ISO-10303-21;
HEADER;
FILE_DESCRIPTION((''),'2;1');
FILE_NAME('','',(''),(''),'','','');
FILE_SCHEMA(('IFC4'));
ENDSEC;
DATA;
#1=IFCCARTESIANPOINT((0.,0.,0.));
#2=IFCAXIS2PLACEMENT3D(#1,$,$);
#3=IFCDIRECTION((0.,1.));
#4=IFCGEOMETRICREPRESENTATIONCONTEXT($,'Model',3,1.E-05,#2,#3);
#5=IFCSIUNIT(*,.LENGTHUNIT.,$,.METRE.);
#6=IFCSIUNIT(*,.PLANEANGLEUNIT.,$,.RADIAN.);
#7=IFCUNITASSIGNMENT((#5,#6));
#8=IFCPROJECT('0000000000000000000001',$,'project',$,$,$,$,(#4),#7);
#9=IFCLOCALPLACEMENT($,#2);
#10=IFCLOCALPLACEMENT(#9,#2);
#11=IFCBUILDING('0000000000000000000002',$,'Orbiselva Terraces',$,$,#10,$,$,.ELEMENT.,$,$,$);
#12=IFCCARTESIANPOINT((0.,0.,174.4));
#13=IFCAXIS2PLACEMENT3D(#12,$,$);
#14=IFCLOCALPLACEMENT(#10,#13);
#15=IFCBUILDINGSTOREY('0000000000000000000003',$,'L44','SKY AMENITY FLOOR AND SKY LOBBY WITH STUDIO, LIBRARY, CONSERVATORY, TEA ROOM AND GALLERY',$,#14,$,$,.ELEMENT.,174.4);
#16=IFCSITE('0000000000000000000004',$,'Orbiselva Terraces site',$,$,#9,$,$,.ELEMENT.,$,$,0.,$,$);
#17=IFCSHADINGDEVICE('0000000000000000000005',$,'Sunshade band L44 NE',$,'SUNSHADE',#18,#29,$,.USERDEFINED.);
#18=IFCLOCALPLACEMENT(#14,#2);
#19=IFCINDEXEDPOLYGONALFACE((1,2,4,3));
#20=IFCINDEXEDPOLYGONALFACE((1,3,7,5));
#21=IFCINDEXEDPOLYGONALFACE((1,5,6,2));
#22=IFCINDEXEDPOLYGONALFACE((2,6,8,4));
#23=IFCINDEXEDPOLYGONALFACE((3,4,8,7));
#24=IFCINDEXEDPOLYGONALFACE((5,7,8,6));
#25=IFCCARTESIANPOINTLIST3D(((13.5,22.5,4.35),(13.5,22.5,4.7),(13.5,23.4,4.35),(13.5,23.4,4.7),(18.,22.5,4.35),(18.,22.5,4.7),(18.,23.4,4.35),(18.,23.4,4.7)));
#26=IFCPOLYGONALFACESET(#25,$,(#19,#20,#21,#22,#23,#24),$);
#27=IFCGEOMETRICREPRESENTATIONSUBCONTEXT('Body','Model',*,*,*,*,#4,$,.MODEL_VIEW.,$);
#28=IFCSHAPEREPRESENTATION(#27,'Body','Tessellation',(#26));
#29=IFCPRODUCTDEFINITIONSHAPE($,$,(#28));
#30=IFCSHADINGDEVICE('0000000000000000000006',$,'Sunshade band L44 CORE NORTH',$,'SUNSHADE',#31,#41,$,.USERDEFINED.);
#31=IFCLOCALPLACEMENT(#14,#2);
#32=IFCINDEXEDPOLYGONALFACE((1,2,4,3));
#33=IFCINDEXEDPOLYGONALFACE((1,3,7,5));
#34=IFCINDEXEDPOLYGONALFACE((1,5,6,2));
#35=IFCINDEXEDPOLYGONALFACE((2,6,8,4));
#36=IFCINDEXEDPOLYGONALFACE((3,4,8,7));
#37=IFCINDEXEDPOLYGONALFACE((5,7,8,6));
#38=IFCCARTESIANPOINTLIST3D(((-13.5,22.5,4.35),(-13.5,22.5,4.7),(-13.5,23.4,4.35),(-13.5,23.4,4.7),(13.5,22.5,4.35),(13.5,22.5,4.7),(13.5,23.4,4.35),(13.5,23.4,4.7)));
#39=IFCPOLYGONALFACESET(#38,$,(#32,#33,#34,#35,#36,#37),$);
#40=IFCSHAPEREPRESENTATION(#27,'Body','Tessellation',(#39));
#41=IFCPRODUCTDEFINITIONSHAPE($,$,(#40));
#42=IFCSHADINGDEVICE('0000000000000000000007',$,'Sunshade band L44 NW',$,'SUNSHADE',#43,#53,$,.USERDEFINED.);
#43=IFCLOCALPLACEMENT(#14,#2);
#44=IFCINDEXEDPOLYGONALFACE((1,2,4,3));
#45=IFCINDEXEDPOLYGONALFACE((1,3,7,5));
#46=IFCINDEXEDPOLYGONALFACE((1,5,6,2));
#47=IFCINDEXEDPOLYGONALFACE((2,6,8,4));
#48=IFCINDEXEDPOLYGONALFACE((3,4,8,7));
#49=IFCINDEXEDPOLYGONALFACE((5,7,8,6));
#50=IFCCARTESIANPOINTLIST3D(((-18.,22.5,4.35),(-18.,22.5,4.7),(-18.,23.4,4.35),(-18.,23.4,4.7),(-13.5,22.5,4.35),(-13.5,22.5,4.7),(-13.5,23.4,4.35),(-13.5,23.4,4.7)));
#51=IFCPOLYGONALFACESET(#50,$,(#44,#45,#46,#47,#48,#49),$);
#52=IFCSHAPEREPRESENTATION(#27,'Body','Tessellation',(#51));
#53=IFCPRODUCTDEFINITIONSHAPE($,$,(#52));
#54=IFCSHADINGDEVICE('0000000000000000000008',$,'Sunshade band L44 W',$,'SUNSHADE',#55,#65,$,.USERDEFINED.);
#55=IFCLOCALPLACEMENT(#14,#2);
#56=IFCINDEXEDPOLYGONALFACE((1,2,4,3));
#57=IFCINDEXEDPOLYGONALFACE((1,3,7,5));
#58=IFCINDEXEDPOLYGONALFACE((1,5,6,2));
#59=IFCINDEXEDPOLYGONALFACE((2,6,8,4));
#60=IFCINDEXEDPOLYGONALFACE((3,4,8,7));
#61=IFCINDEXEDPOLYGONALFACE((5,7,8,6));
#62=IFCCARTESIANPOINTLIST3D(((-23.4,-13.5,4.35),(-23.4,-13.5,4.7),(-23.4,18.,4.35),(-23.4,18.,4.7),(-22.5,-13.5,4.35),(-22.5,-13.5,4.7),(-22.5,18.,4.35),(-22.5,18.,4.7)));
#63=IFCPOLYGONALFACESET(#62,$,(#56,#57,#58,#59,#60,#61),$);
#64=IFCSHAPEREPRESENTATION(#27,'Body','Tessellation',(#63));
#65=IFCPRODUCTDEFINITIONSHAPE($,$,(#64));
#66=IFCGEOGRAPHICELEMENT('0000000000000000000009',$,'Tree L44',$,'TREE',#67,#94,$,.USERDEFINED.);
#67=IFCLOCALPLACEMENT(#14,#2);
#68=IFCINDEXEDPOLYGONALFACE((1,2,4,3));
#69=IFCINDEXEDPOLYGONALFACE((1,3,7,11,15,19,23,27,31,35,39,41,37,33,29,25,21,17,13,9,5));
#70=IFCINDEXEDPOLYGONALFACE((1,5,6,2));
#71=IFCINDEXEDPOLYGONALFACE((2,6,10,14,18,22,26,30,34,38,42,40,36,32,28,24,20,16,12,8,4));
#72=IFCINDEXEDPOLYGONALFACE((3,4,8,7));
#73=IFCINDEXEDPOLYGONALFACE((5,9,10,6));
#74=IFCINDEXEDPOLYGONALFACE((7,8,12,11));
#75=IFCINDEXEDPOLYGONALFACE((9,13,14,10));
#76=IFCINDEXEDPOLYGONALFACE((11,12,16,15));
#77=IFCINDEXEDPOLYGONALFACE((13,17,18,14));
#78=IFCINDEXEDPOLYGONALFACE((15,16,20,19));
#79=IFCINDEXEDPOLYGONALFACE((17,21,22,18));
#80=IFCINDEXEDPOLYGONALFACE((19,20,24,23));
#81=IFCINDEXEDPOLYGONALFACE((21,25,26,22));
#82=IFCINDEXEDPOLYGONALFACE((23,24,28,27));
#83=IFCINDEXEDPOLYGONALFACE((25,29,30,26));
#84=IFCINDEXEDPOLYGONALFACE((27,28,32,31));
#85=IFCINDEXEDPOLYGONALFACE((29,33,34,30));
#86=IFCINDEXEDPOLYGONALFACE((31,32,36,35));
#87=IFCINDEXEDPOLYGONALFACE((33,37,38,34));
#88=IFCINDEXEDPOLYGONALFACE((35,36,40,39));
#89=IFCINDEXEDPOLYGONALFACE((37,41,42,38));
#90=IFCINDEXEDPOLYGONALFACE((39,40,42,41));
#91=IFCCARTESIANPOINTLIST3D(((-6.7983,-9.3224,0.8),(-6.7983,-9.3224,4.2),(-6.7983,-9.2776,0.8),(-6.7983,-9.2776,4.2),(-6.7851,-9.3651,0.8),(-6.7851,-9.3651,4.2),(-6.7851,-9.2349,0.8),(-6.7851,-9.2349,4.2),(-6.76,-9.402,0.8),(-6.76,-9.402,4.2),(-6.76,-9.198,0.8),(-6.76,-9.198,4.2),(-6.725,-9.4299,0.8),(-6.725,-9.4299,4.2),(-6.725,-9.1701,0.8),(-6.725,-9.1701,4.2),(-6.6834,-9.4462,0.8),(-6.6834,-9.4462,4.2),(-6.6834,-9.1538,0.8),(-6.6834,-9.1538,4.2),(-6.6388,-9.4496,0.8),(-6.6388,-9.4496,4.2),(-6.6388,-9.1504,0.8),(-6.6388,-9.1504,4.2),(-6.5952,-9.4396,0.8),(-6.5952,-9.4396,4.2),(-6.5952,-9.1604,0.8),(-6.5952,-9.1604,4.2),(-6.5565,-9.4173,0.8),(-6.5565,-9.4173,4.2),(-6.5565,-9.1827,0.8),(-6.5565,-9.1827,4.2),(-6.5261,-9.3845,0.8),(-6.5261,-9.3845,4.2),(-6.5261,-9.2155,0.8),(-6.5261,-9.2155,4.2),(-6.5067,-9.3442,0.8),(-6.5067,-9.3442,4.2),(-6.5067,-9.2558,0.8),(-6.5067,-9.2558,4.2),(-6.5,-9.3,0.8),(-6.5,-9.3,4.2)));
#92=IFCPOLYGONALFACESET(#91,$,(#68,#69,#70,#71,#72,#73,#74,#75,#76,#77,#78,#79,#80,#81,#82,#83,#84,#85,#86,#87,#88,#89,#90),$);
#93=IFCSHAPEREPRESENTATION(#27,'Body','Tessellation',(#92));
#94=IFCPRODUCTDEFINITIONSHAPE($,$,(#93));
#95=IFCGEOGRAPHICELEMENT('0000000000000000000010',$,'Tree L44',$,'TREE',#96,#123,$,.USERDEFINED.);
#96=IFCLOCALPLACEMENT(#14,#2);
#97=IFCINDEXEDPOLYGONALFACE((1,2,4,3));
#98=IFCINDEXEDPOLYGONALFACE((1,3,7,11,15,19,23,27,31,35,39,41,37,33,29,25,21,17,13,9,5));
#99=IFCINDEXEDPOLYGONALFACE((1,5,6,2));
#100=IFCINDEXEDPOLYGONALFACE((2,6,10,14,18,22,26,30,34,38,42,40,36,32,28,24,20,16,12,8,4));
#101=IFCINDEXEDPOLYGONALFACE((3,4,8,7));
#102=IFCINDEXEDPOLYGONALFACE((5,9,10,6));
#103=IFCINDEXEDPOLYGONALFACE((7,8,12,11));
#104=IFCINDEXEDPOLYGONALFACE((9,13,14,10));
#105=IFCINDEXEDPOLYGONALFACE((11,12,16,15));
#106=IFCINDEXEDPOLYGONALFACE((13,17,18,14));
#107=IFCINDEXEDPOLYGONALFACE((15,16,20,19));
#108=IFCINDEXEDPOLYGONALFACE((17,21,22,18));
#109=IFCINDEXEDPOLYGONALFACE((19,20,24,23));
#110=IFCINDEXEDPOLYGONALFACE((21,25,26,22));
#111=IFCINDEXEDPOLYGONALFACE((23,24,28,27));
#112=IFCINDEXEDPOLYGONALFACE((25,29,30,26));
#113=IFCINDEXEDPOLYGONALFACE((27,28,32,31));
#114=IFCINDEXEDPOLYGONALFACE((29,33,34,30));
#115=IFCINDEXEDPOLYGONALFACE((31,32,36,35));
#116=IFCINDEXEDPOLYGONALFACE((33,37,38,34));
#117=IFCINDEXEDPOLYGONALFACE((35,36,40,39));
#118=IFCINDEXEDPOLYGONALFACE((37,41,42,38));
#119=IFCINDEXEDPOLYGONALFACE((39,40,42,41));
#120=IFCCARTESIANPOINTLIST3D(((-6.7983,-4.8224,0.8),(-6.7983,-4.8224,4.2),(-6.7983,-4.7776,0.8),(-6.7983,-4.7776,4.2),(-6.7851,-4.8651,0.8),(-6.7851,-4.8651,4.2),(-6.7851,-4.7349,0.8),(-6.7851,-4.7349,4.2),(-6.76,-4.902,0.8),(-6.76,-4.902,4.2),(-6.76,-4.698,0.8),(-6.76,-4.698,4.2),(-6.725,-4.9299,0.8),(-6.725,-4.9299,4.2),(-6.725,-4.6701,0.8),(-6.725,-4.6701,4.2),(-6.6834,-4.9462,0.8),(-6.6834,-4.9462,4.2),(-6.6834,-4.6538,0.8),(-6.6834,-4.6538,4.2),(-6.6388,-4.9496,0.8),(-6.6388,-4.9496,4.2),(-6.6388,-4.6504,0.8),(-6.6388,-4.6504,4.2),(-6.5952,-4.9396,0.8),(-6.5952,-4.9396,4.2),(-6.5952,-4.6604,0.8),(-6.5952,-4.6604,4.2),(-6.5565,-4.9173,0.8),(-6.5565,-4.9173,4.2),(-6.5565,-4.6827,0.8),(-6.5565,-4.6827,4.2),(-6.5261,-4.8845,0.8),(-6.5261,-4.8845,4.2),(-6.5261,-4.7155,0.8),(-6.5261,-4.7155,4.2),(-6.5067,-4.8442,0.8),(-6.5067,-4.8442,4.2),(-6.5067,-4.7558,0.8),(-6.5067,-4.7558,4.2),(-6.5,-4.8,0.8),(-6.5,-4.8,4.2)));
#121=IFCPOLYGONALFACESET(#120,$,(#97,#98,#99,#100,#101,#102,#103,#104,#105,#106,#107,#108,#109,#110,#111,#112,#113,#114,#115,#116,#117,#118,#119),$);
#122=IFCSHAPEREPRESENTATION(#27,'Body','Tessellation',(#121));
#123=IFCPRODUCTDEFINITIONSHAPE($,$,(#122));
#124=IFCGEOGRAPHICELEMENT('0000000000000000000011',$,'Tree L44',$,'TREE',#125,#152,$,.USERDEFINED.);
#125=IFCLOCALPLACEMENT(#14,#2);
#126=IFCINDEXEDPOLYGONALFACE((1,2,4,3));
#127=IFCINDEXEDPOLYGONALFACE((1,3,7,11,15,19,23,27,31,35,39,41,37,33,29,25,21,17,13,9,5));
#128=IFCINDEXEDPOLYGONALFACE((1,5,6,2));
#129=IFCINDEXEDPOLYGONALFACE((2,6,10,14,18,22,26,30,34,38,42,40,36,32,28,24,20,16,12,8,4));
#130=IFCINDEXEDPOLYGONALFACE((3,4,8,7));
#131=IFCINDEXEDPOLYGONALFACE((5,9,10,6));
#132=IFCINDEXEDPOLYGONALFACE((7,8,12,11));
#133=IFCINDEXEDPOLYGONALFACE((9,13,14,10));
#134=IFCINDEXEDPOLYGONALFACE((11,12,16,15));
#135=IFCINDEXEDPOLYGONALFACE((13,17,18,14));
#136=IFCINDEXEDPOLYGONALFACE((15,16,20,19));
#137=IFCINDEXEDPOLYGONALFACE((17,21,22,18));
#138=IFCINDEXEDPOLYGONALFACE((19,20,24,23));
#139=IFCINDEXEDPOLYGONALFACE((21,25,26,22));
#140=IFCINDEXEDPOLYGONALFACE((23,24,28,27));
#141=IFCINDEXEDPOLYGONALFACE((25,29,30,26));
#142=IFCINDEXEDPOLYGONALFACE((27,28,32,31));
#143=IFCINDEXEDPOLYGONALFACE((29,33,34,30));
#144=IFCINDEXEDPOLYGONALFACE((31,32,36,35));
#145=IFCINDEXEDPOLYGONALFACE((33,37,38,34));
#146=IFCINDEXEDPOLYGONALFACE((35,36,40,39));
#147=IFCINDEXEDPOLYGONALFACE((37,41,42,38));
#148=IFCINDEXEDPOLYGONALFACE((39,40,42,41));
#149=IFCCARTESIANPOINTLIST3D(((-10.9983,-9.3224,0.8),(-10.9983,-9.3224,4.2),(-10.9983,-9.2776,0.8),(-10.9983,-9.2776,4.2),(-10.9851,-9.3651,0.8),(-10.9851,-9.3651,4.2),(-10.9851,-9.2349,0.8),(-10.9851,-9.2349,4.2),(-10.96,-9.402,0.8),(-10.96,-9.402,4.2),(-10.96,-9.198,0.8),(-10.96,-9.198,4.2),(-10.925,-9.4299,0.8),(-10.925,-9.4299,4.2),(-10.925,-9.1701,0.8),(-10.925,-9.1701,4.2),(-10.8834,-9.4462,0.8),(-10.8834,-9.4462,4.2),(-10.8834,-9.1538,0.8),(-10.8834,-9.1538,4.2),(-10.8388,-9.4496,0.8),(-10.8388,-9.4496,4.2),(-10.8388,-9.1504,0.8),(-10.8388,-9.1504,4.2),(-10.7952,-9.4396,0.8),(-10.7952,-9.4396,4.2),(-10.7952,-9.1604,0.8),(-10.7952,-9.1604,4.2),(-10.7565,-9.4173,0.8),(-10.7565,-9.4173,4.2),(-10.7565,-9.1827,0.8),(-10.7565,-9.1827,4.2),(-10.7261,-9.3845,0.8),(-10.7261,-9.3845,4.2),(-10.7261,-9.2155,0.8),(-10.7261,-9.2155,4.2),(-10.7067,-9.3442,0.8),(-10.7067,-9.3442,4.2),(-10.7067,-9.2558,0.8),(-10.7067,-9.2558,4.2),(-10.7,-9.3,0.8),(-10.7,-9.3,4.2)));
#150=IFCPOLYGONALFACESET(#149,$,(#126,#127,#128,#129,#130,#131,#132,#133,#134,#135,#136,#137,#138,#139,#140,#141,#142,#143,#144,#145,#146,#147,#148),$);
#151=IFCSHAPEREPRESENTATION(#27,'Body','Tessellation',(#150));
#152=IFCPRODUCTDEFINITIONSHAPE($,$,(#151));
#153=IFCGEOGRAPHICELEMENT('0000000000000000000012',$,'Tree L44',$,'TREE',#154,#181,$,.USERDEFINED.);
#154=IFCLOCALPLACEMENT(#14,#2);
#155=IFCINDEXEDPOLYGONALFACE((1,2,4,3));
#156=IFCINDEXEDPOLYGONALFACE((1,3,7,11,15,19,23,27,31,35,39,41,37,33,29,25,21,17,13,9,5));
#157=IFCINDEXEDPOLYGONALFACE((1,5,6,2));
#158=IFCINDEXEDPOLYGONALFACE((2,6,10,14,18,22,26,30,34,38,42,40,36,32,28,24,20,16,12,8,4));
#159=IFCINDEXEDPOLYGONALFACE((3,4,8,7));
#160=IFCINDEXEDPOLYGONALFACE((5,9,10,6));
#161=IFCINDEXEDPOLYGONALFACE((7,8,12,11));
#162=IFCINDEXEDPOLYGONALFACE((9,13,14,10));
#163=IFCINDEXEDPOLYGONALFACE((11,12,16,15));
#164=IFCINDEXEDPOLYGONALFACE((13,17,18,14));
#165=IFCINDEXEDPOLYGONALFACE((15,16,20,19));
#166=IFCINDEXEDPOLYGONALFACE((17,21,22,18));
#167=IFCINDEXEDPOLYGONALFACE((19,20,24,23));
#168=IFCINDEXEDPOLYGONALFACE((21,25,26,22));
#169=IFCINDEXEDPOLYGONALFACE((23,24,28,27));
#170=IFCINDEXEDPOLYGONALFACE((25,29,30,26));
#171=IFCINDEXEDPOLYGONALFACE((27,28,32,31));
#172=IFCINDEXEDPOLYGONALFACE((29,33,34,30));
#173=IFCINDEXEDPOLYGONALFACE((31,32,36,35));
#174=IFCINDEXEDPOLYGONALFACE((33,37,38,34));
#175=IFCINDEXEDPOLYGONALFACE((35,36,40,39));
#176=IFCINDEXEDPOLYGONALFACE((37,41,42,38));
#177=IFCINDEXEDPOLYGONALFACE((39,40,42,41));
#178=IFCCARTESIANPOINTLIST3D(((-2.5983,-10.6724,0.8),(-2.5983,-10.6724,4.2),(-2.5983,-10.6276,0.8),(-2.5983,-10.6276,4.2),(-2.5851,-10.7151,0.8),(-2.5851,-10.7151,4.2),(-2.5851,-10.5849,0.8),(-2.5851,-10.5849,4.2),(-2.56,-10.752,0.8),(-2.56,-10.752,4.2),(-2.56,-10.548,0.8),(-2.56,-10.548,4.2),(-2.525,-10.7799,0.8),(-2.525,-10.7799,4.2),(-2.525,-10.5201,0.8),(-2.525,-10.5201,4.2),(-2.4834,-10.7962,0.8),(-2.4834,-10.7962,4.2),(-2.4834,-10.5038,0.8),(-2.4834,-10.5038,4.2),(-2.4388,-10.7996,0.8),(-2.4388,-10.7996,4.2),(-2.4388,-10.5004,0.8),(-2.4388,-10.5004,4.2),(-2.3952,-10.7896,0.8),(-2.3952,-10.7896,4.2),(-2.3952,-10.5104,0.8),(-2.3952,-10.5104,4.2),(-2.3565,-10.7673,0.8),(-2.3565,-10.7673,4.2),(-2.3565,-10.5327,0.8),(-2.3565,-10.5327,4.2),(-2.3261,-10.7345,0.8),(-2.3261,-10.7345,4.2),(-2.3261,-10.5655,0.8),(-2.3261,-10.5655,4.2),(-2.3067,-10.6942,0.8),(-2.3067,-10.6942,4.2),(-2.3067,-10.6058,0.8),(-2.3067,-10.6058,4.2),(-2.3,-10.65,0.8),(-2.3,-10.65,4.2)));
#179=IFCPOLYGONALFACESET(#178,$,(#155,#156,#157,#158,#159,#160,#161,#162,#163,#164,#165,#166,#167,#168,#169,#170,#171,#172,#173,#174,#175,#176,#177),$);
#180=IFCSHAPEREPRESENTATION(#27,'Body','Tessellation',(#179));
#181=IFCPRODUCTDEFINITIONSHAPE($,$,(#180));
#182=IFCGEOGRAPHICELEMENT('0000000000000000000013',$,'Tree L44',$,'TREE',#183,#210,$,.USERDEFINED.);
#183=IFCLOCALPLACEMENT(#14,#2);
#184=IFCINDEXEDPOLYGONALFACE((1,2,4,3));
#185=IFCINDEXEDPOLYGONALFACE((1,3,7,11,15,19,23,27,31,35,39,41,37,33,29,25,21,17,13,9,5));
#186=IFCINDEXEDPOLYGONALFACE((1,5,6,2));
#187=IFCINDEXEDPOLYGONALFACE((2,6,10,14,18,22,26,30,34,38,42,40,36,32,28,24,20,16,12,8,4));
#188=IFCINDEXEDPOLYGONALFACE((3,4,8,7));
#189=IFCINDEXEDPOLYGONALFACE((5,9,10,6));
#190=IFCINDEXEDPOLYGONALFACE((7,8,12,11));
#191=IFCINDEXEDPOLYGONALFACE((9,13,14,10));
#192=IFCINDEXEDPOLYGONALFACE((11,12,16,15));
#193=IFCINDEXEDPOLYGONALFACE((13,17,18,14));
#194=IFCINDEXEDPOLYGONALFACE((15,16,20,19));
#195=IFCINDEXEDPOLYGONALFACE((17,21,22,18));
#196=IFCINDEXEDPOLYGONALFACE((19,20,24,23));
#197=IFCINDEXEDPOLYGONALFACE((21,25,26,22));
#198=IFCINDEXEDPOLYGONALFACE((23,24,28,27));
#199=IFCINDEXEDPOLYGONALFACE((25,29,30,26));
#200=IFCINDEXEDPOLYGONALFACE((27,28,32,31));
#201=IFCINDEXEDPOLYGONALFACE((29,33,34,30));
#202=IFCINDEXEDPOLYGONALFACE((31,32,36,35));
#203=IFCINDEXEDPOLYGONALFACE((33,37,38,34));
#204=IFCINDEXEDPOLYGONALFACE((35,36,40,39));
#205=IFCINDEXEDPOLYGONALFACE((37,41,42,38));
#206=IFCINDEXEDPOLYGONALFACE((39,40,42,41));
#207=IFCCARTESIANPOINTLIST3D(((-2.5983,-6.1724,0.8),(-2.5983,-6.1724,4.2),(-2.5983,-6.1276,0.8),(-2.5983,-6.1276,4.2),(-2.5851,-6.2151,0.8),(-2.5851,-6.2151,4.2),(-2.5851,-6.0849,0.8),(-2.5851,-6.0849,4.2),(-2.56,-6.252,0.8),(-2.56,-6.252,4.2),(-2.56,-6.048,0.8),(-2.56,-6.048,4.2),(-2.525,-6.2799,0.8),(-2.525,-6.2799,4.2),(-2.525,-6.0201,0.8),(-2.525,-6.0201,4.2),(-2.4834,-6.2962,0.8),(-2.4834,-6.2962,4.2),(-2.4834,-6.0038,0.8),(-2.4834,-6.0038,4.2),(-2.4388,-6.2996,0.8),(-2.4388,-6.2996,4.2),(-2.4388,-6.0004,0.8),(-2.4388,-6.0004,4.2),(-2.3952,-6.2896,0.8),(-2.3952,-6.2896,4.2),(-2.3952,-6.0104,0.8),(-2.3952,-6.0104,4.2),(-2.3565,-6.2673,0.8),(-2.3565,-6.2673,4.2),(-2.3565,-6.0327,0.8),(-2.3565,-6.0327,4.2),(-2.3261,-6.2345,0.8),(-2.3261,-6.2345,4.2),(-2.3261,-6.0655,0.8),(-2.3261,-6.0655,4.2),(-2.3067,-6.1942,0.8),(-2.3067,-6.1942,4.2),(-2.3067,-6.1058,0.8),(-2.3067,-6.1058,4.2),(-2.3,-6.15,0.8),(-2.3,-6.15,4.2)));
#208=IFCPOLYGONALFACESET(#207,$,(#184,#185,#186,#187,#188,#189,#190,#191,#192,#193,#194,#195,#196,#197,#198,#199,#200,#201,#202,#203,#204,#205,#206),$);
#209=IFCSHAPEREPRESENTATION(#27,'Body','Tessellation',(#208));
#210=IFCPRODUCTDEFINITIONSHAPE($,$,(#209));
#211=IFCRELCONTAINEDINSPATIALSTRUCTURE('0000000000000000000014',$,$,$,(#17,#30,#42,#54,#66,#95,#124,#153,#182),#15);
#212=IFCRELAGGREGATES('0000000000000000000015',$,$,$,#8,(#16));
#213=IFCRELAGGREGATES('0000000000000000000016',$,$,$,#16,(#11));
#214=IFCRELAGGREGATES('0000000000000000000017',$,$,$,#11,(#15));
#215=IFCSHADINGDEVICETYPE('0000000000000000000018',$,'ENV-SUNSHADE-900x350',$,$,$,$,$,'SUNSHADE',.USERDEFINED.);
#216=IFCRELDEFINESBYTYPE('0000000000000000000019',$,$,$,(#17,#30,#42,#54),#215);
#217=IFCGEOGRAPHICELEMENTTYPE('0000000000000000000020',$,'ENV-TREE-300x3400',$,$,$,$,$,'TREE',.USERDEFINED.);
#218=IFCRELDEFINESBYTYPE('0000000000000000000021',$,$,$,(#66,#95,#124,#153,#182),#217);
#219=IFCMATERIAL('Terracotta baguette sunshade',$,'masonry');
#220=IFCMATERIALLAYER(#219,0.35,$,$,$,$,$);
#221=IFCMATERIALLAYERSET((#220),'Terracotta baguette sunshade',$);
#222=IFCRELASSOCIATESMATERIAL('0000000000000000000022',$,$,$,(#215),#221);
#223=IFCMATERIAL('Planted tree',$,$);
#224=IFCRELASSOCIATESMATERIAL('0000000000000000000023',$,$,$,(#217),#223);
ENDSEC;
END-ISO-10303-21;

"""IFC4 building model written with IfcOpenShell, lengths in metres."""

from ifc_helpers import new_model, si_unit, direction, frame, origin, origin_2d, place, context, subcontext, project, spatial, polyline, circle, outline, extrude, material, layer, layer_set, type_object, element, save


model = new_model("IFC4")

# Units and contexts
model_context = context("Model", 3, precision=1e-05, world=origin(), true_north=direction((0.0, 1.0)))
body_context = subcontext(model_context, "Body", "Model", "MODEL_VIEW")
ifc_project = project(units=[si_unit("LENGTHUNIT", "METRE"), si_unit("PLANEANGLEUNIT", "RADIAN")], contexts=[model_context])

# Site, building, storey
site_placement = place(None, origin())
site = spatial("IfcSite", under=ifc_project, at=site_placement, Name="Orbiselva Terraces site", CompositionType="ELEMENT", RefElevation=0.0)
building_placement = place(site_placement, origin())
building = spatial("IfcBuilding", under=site, at=building_placement, Name="Orbiselva Terraces", CompositionType="ELEMENT")
storey_placement = place(building_placement, frame((0.0, 0.0, 174.4)))
storey = spatial("IfcBuildingStorey", under=building, at=storey_placement, Name="L44", Description="SKY AMENITY FLOOR AND SKY LOBBY WITH STUDIO, LIBRARY, CONSERVATORY, TEA ROOM AND GALLERY", CompositionType="ELEMENT", Elevation=174.4)

# Shading devices
ifc_material_1 = material(Name="Terracotta baguette sunshade", Category="masonry")
ifc_layer_1 = layer(ifc_material_1, 0.35)
ifc_layer_set_1 = layer_set([ifc_layer_1], Name="Terracotta baguette sunshade")
shading_device_type_1 = type_object("IfcShadingDeviceType", Name="ENV-SUNSHADE-900x350", ElementType="SUNSHADE", PredefinedType="USERDEFINED", material=ifc_layer_set_1)
shading_device_1_placement = place(storey_placement, frame((0.0, 0.0, 4.35)))
element("IfcShadingDevice", 1, at=shading_device_1_placement, inside=storey, type_object=shading_device_type_1, Name="Sunshade band L44 NE", ObjectType="SUNSHADE", PredefinedType="USERDEFINED", context=body_context, shape_type="SweptSolid", body=[
    extrude(outline(polyline([(18.0, 23.4), (13.5, 23.4), (13.5, 22.5), (18.0, 22.5), (18.0, 23.4)])), origin(), (0.0, 0.0, 1.0), 0.35),
])
shading_device_2_placement = place(storey_placement, frame((0.0, 0.0, 4.35)))
element("IfcShadingDevice", 2, at=shading_device_2_placement, inside=storey, type_object=shading_device_type_1, Name="Sunshade band L44 CORE NORTH", ObjectType="SUNSHADE", PredefinedType="USERDEFINED", context=body_context, shape_type="SweptSolid", body=[
    extrude(outline(polyline([(13.5, 23.4), (-13.5, 23.4), (-13.5, 22.5), (13.5, 22.5), (13.5, 23.4)])), origin(), (0.0, 0.0, 1.0), 0.35),
])
shading_device_3_placement = place(storey_placement, frame((0.0, 0.0, 4.35)))
element("IfcShadingDevice", 3, at=shading_device_3_placement, inside=storey, type_object=shading_device_type_1, Name="Sunshade band L44 NW", ObjectType="SUNSHADE", PredefinedType="USERDEFINED", context=body_context, shape_type="SweptSolid", body=[
    extrude(outline(polyline([(-13.5, 23.4), (-18.0, 23.4), (-18.0, 22.5), (-13.5, 22.5), (-13.5, 23.4)])), origin(), (0.0, 0.0, 1.0), 0.35),
])
shading_device_4_placement = place(storey_placement, frame((0.0, 0.0, 4.35)))
element("IfcShadingDevice", 4, at=shading_device_4_placement, inside=storey, type_object=shading_device_type_1, Name="Sunshade band L44 W", ObjectType="SUNSHADE", PredefinedType="USERDEFINED", context=body_context, shape_type="SweptSolid", body=[
    extrude(outline(polyline([(-23.4, 18.0), (-23.4, -13.5), (-22.5, -13.5), (-22.5, 18.0), (-23.4, 18.0)])), origin(), (0.0, 0.0, 1.0), 0.35),
])

# Geographic elements
ifc_material_2 = material(Name="Planted tree")
geographic_element_type = type_object("IfcGeographicElementType", Name="ENV-TREE-300x3400", ElementType="TREE", PredefinedType="USERDEFINED", material=ifc_material_2)
for number, where, z_axis, x_axis, name in (
    (5, (-6.65, -9.3, 4.2), (0.0, 0.0, -1.0), (1.0, 0.0, 0.0), "Tree L44"),
    (6, (-6.65, -4.8, 4.2), (0.0, 0.0, -1.0), (1.0, 0.0, 0.0), "Tree L44"),
    (7, (-10.85, -9.3, 4.2), (0.0, 0.0, -1.0), (1.0, 0.0, 0.0), "Tree L44"),
    (8, (-2.45, -10.65, 4.2), (0.0, 0.0, -1.0), (1.0, 0.0, 0.0), "Tree L44"),
    (9, (-2.45, -6.15, 4.2), (0.0, 0.0, -1.0), (1.0, 0.0, 0.0), "Tree L44"),
):
    element("IfcGeographicElement", number, at=place(storey_placement, frame(where, z_axis=z_axis, x_axis=x_axis)), inside=storey, type_object=geographic_element_type, Name=name, ObjectType="TREE", PredefinedType="USERDEFINED", context=body_context, shape_type="SweptSolid", body=[
        extrude(circle(Radius=0.15, at=origin_2d()), origin(), (0.0, 0.0, 1.0), 3.4),
    ])

save(model, "model.ifc")
